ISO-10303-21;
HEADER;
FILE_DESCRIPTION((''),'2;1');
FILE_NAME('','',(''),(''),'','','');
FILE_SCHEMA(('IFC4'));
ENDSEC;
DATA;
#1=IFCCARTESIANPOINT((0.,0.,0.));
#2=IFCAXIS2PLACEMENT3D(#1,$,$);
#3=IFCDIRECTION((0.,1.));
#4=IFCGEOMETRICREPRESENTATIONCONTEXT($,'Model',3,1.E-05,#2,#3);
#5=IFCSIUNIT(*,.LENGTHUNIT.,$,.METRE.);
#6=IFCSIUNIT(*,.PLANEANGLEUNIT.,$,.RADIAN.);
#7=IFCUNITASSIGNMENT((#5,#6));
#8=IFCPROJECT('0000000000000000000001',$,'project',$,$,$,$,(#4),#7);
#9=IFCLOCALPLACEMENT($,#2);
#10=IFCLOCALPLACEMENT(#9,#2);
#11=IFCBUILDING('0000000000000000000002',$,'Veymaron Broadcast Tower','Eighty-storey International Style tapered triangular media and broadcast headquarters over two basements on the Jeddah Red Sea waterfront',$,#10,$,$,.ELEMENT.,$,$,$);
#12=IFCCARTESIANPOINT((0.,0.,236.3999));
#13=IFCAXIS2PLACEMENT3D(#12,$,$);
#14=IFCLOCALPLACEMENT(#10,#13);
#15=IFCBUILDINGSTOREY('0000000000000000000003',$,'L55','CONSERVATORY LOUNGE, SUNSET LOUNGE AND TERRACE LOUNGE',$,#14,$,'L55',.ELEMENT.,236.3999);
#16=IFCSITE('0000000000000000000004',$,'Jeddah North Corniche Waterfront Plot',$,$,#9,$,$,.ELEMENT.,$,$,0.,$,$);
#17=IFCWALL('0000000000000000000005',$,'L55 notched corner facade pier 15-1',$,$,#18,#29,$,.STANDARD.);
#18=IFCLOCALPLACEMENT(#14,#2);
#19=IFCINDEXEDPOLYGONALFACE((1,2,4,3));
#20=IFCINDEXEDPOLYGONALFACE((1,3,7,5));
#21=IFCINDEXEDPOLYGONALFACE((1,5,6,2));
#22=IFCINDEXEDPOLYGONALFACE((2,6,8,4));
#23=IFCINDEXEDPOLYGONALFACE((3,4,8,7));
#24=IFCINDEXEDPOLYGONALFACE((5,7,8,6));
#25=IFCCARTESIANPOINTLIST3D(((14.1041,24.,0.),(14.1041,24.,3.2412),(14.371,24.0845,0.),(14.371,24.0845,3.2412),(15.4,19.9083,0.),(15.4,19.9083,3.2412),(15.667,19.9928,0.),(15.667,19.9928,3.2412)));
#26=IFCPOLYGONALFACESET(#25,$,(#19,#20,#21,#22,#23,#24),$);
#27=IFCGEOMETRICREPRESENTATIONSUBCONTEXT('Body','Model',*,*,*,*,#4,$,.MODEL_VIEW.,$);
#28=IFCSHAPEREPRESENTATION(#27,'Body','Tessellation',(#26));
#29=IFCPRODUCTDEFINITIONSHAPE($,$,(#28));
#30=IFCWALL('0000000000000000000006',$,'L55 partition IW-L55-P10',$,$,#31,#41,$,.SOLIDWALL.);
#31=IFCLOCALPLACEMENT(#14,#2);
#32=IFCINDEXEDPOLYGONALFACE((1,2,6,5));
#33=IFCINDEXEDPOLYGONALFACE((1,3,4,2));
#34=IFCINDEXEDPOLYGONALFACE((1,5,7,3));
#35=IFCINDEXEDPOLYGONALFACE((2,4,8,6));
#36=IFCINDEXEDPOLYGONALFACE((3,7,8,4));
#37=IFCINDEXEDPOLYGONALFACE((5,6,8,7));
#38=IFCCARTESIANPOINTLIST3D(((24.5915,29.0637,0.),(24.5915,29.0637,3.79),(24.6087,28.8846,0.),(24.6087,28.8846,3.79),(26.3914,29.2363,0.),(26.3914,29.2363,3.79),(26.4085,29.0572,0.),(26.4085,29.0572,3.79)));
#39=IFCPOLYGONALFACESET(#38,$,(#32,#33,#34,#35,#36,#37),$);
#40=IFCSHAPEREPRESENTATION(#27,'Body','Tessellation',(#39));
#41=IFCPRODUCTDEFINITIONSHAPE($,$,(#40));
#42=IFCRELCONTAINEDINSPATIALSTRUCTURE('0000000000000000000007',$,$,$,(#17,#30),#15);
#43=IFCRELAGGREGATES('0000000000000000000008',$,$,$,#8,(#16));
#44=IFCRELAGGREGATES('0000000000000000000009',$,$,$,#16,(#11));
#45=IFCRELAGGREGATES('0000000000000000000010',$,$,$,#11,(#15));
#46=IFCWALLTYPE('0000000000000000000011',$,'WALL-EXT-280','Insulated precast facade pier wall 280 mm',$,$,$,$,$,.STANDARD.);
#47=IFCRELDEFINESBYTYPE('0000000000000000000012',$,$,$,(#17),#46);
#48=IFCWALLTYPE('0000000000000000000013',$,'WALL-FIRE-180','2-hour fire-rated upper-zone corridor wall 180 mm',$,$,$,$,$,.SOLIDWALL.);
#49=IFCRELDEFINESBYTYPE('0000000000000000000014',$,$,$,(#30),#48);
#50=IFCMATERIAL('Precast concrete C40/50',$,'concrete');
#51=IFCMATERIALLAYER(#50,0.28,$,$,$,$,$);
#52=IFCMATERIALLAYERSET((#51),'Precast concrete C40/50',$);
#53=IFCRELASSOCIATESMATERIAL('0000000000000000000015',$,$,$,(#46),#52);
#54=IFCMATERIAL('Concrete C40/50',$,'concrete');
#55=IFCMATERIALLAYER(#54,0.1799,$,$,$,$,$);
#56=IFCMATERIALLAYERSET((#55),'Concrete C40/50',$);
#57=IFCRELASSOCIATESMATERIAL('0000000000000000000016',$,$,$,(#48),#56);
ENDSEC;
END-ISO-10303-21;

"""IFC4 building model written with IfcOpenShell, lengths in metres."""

from ifc_helpers import new_model, si_unit, direction, frame, frame_2d, origin, place, context, subcontext, project, spatial, rectangle, extrude, material, layer, layer_set, type_object, element, save


model = new_model("IFC4")

# Units and contexts
model_context = context("Model", 3, precision=1e-05, world=origin(), true_north=direction((0.0, 1.0)))
body_context = subcontext(model_context, "Body", "Model", "MODEL_VIEW")
ifc_project = project(units=[si_unit("LENGTHUNIT", "METRE"), si_unit("PLANEANGLEUNIT", "RADIAN")], contexts=[model_context])

# Site, building, storey
site_placement = place(None, origin())
site = spatial("IfcSite", under=ifc_project, at=site_placement, Name="Jeddah North Corniche Waterfront Plot", CompositionType="ELEMENT", RefElevation=0.0)
building_placement = place(site_placement, origin())
building = spatial("IfcBuilding", under=site, at=building_placement, Name="Veymaron Broadcast Tower", Description="Eighty-storey International Style tapered triangular media and broadcast headquarters over two basements on the Jeddah Red Sea waterfront", CompositionType="ELEMENT")
storey_placement = place(building_placement, frame((0.0, 0.0, 236.3999)))
storey = spatial("IfcBuildingStorey", under=building, at=storey_placement, Name="L55", Description="CONSERVATORY LOUNGE, SUNSET LOUNGE AND TERRACE LOUNGE", LongName="L55", CompositionType="ELEMENT", Elevation=236.3999)

# Walls
ifc_material_1 = material(Name="Precast concrete C40/50", Category="concrete")
ifc_layer_1 = layer(ifc_material_1, 0.28)
ifc_layer_set_1 = layer_set([ifc_layer_1], Name="Precast concrete C40/50")
wall_type_1 = type_object("IfcWallType", Name="WALL-EXT-280", Description="Insulated precast facade pier wall 280 mm", PredefinedType="STANDARD", material=ifc_layer_set_1)
for number, where, z_axis, x_axis, name in (
    (1, (14.2375, 24.0422, 0.0), (0.0, 0.0, 1.0), (0.301943, -0.953326, 0.0), "L55 notched corner facade pier 15-1"),
):
    element("IfcWall", number, at=place(storey_placement, frame(where, z_axis=z_axis, x_axis=x_axis)), inside=storey, type_object=wall_type_1, Name=name, PredefinedType="STANDARD", context=body_context, shape_type="SweptSolid", body=[
        extrude(rectangle(XDim=4.292, YDim=0.28, at=frame_2d((2.146, 0.0))), origin(), (0.0, 0.0, 1.0), 3.2412),
    ])
ifc_material_2 = material(Name="Concrete C40/50", Category="concrete")
ifc_layer_2 = layer(ifc_material_2, 0.1799)
ifc_layer_set_2 = layer_set([ifc_layer_2], Name="Concrete C40/50")
wall_type_2 = type_object("IfcWallType", Name="WALL-FIRE-180", Description="2-hour fire-rated upper-zone corridor wall 180 mm", PredefinedType="SOLIDWALL", material=ifc_layer_set_2)
wall_1_placement = place(storey_placement, frame((24.6001, 28.9741, 0.0), z_axis=(0.0, 0.0, 1.0), x_axis=(0.995433, 0.095465, 0.0)))
element("IfcWall", 2, at=wall_1_placement, inside=storey, type_object=wall_type_2, Name="L55 partition IW-L55-P10", PredefinedType="SOLIDWALL", context=body_context, shape_type="SweptSolid", body=[
    extrude(rectangle(XDim=1.8081, YDim=0.1799, at=frame_2d((0.9041, 0.0))), origin(), (0.0, 0.0, 1.0), 3.79),
])

save(model, "model.ifc")
